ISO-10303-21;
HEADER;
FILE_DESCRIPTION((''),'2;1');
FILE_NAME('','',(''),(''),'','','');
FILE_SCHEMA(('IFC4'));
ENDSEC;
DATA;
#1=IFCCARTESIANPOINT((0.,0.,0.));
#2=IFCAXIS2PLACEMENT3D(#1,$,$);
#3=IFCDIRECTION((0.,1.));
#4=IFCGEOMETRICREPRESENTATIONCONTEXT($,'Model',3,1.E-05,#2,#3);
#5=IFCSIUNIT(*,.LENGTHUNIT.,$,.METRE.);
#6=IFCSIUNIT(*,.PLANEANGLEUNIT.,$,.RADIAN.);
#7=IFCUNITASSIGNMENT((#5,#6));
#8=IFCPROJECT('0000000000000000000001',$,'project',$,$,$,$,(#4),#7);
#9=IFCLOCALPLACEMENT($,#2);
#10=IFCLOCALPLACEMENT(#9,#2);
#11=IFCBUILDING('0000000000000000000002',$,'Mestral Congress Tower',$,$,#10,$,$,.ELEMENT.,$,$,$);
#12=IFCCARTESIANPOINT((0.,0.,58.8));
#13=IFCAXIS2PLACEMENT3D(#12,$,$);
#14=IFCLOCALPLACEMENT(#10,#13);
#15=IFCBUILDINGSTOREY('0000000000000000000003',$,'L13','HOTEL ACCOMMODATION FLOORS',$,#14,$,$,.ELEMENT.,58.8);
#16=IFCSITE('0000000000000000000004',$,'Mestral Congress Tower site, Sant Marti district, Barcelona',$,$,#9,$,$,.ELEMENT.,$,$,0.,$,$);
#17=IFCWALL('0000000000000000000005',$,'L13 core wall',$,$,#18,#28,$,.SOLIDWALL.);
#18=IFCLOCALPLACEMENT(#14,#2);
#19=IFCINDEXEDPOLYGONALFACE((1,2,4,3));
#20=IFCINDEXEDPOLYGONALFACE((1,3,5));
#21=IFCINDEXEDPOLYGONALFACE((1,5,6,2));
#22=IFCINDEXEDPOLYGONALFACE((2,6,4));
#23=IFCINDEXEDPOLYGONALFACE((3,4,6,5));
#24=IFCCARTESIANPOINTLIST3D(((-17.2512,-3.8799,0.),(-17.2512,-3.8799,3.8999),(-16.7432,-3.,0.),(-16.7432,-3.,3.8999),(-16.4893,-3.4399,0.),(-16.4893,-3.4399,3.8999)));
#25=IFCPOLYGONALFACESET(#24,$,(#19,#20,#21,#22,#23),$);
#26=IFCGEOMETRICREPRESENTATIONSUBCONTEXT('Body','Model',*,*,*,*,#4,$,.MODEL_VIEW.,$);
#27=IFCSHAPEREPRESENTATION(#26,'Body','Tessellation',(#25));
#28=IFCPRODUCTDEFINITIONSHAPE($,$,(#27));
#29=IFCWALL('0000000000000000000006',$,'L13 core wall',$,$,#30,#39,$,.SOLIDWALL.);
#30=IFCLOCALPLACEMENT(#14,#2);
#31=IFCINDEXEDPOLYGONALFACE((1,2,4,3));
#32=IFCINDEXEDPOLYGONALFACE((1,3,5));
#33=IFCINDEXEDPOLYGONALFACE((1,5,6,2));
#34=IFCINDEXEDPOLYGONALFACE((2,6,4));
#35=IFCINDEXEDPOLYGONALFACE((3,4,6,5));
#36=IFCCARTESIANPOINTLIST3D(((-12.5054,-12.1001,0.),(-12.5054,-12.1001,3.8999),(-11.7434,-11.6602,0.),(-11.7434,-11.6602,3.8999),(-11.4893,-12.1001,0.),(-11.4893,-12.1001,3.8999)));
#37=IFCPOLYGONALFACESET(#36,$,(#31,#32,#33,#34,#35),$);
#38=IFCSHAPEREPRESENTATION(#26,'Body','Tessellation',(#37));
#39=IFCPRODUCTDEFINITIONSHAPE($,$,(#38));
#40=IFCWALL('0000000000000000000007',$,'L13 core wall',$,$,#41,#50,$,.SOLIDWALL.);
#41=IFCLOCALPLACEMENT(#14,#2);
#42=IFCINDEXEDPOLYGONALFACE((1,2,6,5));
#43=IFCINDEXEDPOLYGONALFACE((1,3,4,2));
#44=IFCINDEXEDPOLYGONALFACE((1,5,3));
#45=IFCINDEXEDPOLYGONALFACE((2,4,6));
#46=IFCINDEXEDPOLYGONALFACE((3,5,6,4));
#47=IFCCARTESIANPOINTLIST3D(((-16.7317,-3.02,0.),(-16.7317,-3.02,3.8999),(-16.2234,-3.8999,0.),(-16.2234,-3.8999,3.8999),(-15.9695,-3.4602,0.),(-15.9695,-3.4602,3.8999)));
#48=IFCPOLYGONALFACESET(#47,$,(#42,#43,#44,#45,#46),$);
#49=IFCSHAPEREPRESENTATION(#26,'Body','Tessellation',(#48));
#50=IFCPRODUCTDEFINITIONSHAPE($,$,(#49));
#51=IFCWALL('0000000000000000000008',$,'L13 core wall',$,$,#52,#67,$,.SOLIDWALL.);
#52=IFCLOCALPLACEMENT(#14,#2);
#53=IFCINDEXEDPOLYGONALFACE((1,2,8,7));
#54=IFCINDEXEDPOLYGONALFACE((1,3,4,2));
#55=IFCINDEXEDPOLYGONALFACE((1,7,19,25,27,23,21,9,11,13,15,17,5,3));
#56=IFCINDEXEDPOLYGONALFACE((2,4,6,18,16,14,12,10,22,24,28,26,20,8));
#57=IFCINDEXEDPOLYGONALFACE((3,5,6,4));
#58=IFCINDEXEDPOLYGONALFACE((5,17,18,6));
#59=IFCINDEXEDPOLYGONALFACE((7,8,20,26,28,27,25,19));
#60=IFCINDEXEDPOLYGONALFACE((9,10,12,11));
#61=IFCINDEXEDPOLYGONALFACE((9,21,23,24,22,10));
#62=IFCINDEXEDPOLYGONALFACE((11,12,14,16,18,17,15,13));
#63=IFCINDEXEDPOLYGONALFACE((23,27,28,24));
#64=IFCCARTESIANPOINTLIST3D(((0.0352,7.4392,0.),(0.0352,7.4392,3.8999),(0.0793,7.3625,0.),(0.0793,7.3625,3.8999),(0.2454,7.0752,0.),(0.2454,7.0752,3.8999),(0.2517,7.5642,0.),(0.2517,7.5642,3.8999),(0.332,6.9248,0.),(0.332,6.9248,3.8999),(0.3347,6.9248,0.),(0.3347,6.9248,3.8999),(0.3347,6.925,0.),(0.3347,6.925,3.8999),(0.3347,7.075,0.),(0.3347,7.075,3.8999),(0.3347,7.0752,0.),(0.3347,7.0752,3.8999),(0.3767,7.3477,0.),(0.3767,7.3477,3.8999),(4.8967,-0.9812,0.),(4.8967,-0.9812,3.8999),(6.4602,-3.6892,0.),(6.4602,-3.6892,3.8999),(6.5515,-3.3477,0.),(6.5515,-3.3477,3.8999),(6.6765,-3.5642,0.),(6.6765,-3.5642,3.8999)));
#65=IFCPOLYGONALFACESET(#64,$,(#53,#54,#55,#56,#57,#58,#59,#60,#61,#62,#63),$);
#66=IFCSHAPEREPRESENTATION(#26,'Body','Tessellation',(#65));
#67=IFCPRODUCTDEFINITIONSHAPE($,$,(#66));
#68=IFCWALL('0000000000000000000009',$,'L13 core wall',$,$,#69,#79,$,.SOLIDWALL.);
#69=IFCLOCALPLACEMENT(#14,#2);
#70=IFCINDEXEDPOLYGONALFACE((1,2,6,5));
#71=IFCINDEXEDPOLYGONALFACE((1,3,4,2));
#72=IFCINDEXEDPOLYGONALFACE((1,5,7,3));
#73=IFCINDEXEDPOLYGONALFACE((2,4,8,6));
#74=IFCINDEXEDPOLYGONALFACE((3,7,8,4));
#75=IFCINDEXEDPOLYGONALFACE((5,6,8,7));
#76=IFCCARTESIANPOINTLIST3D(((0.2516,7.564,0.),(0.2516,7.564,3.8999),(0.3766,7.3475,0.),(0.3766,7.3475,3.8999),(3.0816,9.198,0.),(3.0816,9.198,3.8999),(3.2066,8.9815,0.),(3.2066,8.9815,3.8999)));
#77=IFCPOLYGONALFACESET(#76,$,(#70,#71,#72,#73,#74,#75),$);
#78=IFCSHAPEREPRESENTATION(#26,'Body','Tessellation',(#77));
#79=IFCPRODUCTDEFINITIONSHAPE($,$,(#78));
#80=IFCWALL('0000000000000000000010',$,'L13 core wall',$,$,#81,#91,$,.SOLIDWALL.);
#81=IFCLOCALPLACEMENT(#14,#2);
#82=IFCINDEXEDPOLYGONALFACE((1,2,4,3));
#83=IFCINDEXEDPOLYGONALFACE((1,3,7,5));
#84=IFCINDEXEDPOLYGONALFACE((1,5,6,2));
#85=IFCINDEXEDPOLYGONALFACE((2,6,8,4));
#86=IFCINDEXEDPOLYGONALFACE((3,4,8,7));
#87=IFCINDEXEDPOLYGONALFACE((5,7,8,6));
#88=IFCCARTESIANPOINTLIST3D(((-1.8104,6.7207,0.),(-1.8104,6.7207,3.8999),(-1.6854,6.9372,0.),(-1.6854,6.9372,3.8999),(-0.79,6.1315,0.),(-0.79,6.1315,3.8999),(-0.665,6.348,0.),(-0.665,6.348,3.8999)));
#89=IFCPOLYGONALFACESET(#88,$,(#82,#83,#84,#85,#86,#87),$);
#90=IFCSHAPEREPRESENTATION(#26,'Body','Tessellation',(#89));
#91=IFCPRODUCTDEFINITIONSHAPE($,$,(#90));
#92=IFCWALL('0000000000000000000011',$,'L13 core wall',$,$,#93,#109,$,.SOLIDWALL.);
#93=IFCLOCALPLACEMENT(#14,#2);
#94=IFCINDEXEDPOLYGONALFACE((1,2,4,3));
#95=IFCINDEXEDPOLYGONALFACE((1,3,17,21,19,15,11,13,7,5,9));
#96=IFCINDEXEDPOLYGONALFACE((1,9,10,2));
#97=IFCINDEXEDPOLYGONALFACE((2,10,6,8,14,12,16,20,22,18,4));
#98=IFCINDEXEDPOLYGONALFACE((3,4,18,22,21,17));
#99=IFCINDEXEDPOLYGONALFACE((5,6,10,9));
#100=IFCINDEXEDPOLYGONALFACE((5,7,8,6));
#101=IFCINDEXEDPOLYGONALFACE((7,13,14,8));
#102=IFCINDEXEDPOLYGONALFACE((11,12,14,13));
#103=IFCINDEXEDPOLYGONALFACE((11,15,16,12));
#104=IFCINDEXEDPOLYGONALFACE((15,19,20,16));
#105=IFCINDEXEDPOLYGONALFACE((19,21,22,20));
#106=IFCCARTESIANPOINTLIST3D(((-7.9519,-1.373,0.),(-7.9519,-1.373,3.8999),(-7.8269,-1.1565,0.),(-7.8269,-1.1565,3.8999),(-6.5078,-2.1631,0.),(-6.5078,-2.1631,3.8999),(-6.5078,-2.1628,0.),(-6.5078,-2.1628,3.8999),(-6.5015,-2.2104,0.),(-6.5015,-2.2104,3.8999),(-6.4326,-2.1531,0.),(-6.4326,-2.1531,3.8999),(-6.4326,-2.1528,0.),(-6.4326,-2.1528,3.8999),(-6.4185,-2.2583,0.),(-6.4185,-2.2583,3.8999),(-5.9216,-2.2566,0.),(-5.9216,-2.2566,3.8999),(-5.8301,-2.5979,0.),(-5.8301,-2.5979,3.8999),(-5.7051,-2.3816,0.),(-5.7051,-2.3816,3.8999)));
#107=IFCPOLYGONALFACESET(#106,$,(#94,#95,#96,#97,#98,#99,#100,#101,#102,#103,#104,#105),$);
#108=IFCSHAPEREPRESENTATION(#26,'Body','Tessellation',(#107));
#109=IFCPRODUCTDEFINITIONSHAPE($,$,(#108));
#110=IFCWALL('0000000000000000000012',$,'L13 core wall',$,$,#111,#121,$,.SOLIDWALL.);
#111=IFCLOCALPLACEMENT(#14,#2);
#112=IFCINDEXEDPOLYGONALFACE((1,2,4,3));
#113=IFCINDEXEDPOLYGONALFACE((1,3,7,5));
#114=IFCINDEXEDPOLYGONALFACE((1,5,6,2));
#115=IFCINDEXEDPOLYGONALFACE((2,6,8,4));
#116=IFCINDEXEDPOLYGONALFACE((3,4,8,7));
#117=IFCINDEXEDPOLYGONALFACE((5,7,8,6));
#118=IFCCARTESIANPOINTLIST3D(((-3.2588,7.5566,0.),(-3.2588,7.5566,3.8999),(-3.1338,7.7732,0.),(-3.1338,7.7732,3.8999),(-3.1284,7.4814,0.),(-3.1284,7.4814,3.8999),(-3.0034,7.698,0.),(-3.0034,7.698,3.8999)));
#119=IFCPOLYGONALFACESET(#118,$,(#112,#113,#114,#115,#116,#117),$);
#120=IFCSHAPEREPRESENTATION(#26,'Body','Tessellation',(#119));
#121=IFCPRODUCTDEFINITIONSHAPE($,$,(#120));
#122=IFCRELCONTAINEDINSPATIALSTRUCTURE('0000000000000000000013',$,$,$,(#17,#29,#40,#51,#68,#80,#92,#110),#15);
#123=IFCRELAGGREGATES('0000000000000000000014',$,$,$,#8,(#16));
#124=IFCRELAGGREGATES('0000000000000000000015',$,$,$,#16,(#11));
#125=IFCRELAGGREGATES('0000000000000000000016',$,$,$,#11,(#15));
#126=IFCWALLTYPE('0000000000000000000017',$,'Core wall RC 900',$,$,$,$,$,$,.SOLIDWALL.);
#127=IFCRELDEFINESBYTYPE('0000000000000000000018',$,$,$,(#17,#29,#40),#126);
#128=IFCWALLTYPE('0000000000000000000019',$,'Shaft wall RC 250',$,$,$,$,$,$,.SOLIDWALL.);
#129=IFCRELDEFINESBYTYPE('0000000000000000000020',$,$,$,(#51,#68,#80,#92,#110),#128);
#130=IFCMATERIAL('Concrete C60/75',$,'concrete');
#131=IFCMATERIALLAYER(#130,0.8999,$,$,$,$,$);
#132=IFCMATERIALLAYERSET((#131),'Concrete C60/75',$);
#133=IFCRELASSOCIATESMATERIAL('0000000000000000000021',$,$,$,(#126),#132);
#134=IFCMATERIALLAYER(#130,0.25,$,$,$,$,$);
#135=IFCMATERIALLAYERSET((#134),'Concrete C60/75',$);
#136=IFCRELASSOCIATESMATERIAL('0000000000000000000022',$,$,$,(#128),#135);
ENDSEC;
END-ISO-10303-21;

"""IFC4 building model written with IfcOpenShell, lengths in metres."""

from ifc_helpers import new_model, si_unit, direction, frame, frame_2d, origin, place, context, subcontext, project, spatial, polyline, rectangle, outline, extrude, material, layer, layer_set, type_object, element, save


model = new_model("IFC4")

# Units and contexts
model_context = context("Model", 3, precision=1e-05, world=origin(), true_north=direction((0.0, 1.0)))
body_context = subcontext(model_context, "Body", "Model", "MODEL_VIEW")
ifc_project = project(units=[si_unit("LENGTHUNIT", "METRE"), si_unit("PLANEANGLEUNIT", "RADIAN")], contexts=[model_context])

# Site, building, storey
site_placement = place(None, origin())
site = spatial("IfcSite", under=ifc_project, at=site_placement, Name="Mestral Congress Tower site, Sant Marti district, Barcelona", CompositionType="ELEMENT", RefElevation=0.0)
building_placement = place(site_placement, origin())
building = spatial("IfcBuilding", under=site, at=building_placement, Name="Mestral Congress Tower", CompositionType="ELEMENT")
storey_placement = place(building_placement, frame((0.0, 0.0, 58.8)))
storey = spatial("IfcBuildingStorey", under=building, at=storey_placement, Name="L13", Description="HOTEL ACCOMMODATION FLOORS", CompositionType="ELEMENT", Elevation=58.8)

# Shared definitions
ifc_material_1 = material(Name="Concrete C60/75", Category="concrete")

# Shared definitions
placement_1 = place(storey_placement, origin())

# Walls
ifc_layer_1 = layer(ifc_material_1, 0.8999)
ifc_layer_set_1 = layer_set([ifc_layer_1], Name="Concrete C60/75")
wall_type_1 = type_object("IfcWallType", Name="Core wall RC 900", PredefinedType="SOLIDWALL", material=ifc_layer_set_1)
element("IfcWall", 1, at=placement_1, inside=storey, type_object=wall_type_1, Name="L13 core wall", PredefinedType="SOLIDWALL", context=body_context, shape_type="SweptSolid", body=[
    extrude(outline(polyline([(-16.4893, -3.4399), (-17.2512, -3.8799), (-16.7432, -3.0), (-16.4893, -3.4399)])), origin(), (0.0, 0.0, 1.0), 3.8999),
])
element("IfcWall", 2, at=placement_1, inside=storey, type_object=wall_type_1, Name="L13 core wall", PredefinedType="SOLIDWALL", context=body_context, shape_type="SweptSolid", body=[
    extrude(outline(polyline([(-11.4893, -12.1001), (-12.5054, -12.1001), (-11.7434, -11.6602), (-11.4893, -12.1001)])), origin(), (0.0, 0.0, 1.0), 3.8999),
])
element("IfcWall", 3, at=placement_1, inside=storey, type_object=wall_type_1, Name="L13 core wall", PredefinedType="SOLIDWALL", context=body_context, shape_type="SweptSolid", body=[
    extrude(outline(polyline([(-16.2234, -3.8999), (-16.7317, -3.02), (-15.9695, -3.4602), (-16.2234, -3.8999)])), origin(), (0.0, 0.0, 1.0), 3.8999),
])
ifc_layer_2 = layer(ifc_material_1, 0.25)
ifc_layer_set_2 = layer_set([ifc_layer_2], Name="Concrete C60/75")
wall_type_2 = type_object("IfcWallType", Name="Shaft wall RC 250", PredefinedType="SOLIDWALL", material=ifc_layer_set_2)
element("IfcWall", 4, at=placement_1, inside=storey, type_object=wall_type_2, Name="L13 core wall", PredefinedType="SOLIDWALL", context=body_context, shape_type="SweptSolid", body=[
    extrude(outline(polyline([(0.3347, 6.925), (0.3347, 6.925), (0.3347, 7.075), (0.3347, 7.075), (0.3347, 7.0752), (0.2454, 7.0752), (0.0793, 7.3625), (0.0352, 7.4392), (0.2517, 7.5642), (0.3767, 7.3477), (6.5515, -3.3477), (6.6765, -3.5642), (6.4602, -3.6892), (4.8967, -0.9812), (0.332, 6.9248), (0.3347, 6.9248), (0.3347, 6.925)])), origin(), (0.0, 0.0, 1.0), 3.8999),
])
wall_1_placement = place(storey_placement, frame((0.3142, 7.4558, 0.0), z_axis=(0.0, 0.0, 1.0), x_axis=(0.866014, 0.50002, 0.0)))
element("IfcWall", 5, at=wall_1_placement, inside=storey, type_object=wall_type_2, Name="L13 core wall", PredefinedType="SOLIDWALL", context=body_context, shape_type="SweptSolid", body=[
    extrude(rectangle(XDim=3.2678, YDim=0.25, at=frame_2d((1.6338, 0.0))), origin(), (0.0, 0.0, 1.0), 3.8999),
])
wall_2_placement = place(storey_placement, frame((-0.7275, 6.2397, 0.0), z_axis=(0.0, 0.0, 1.0), x_axis=(-0.866003, 0.500039, 0.0)))
element("IfcWall", 6, at=wall_2_placement, inside=storey, type_object=wall_type_2, Name="L13 core wall", PredefinedType="SOLIDWALL", context=body_context, shape_type="SweptSolid", body=[
    extrude(rectangle(XDim=1.1782, YDim=0.25, at=frame_2d((0.5891, 0.0))), origin(), (0.0, 0.0, 1.0), 3.8999),
])
element("IfcWall", 7, at=placement_1, inside=storey, type_object=wall_type_2, Name="L13 core wall", PredefinedType="SOLIDWALL", context=body_context, shape_type="SweptSolid", body=[
    extrude(outline(polyline([(-5.9216, -2.2566), (-5.9216, -2.2566), (-5.7051, -2.3816), (-5.8301, -2.5979), (-6.4185, -2.2583), (-6.4326, -2.1531), (-6.4326, -2.1528), (-6.4326, -2.1528), (-6.5078, -2.1628), (-6.5078, -2.1628), (-6.5078, -2.1631), (-6.5015, -2.2104), (-7.9519, -1.373), (-7.8269, -1.1565), (-5.9216, -2.2566)])), origin(), (0.0, 0.0, 1.0), 3.8999),
])
element("IfcWall", 8, at=placement_1, inside=storey, type_object=wall_type_2, Name="L13 core wall", PredefinedType="SOLIDWALL", context=body_context, shape_type="SweptSolid", body=[
    extrude(outline(polyline([(-3.1284, 7.4814), (-3.2588, 7.5566), (-3.1338, 7.7732), (-3.0034, 7.698), (-3.1284, 7.4814)])), origin(), (0.0, 0.0, 1.0), 3.8999),
])

save(model, "model.ifc")
